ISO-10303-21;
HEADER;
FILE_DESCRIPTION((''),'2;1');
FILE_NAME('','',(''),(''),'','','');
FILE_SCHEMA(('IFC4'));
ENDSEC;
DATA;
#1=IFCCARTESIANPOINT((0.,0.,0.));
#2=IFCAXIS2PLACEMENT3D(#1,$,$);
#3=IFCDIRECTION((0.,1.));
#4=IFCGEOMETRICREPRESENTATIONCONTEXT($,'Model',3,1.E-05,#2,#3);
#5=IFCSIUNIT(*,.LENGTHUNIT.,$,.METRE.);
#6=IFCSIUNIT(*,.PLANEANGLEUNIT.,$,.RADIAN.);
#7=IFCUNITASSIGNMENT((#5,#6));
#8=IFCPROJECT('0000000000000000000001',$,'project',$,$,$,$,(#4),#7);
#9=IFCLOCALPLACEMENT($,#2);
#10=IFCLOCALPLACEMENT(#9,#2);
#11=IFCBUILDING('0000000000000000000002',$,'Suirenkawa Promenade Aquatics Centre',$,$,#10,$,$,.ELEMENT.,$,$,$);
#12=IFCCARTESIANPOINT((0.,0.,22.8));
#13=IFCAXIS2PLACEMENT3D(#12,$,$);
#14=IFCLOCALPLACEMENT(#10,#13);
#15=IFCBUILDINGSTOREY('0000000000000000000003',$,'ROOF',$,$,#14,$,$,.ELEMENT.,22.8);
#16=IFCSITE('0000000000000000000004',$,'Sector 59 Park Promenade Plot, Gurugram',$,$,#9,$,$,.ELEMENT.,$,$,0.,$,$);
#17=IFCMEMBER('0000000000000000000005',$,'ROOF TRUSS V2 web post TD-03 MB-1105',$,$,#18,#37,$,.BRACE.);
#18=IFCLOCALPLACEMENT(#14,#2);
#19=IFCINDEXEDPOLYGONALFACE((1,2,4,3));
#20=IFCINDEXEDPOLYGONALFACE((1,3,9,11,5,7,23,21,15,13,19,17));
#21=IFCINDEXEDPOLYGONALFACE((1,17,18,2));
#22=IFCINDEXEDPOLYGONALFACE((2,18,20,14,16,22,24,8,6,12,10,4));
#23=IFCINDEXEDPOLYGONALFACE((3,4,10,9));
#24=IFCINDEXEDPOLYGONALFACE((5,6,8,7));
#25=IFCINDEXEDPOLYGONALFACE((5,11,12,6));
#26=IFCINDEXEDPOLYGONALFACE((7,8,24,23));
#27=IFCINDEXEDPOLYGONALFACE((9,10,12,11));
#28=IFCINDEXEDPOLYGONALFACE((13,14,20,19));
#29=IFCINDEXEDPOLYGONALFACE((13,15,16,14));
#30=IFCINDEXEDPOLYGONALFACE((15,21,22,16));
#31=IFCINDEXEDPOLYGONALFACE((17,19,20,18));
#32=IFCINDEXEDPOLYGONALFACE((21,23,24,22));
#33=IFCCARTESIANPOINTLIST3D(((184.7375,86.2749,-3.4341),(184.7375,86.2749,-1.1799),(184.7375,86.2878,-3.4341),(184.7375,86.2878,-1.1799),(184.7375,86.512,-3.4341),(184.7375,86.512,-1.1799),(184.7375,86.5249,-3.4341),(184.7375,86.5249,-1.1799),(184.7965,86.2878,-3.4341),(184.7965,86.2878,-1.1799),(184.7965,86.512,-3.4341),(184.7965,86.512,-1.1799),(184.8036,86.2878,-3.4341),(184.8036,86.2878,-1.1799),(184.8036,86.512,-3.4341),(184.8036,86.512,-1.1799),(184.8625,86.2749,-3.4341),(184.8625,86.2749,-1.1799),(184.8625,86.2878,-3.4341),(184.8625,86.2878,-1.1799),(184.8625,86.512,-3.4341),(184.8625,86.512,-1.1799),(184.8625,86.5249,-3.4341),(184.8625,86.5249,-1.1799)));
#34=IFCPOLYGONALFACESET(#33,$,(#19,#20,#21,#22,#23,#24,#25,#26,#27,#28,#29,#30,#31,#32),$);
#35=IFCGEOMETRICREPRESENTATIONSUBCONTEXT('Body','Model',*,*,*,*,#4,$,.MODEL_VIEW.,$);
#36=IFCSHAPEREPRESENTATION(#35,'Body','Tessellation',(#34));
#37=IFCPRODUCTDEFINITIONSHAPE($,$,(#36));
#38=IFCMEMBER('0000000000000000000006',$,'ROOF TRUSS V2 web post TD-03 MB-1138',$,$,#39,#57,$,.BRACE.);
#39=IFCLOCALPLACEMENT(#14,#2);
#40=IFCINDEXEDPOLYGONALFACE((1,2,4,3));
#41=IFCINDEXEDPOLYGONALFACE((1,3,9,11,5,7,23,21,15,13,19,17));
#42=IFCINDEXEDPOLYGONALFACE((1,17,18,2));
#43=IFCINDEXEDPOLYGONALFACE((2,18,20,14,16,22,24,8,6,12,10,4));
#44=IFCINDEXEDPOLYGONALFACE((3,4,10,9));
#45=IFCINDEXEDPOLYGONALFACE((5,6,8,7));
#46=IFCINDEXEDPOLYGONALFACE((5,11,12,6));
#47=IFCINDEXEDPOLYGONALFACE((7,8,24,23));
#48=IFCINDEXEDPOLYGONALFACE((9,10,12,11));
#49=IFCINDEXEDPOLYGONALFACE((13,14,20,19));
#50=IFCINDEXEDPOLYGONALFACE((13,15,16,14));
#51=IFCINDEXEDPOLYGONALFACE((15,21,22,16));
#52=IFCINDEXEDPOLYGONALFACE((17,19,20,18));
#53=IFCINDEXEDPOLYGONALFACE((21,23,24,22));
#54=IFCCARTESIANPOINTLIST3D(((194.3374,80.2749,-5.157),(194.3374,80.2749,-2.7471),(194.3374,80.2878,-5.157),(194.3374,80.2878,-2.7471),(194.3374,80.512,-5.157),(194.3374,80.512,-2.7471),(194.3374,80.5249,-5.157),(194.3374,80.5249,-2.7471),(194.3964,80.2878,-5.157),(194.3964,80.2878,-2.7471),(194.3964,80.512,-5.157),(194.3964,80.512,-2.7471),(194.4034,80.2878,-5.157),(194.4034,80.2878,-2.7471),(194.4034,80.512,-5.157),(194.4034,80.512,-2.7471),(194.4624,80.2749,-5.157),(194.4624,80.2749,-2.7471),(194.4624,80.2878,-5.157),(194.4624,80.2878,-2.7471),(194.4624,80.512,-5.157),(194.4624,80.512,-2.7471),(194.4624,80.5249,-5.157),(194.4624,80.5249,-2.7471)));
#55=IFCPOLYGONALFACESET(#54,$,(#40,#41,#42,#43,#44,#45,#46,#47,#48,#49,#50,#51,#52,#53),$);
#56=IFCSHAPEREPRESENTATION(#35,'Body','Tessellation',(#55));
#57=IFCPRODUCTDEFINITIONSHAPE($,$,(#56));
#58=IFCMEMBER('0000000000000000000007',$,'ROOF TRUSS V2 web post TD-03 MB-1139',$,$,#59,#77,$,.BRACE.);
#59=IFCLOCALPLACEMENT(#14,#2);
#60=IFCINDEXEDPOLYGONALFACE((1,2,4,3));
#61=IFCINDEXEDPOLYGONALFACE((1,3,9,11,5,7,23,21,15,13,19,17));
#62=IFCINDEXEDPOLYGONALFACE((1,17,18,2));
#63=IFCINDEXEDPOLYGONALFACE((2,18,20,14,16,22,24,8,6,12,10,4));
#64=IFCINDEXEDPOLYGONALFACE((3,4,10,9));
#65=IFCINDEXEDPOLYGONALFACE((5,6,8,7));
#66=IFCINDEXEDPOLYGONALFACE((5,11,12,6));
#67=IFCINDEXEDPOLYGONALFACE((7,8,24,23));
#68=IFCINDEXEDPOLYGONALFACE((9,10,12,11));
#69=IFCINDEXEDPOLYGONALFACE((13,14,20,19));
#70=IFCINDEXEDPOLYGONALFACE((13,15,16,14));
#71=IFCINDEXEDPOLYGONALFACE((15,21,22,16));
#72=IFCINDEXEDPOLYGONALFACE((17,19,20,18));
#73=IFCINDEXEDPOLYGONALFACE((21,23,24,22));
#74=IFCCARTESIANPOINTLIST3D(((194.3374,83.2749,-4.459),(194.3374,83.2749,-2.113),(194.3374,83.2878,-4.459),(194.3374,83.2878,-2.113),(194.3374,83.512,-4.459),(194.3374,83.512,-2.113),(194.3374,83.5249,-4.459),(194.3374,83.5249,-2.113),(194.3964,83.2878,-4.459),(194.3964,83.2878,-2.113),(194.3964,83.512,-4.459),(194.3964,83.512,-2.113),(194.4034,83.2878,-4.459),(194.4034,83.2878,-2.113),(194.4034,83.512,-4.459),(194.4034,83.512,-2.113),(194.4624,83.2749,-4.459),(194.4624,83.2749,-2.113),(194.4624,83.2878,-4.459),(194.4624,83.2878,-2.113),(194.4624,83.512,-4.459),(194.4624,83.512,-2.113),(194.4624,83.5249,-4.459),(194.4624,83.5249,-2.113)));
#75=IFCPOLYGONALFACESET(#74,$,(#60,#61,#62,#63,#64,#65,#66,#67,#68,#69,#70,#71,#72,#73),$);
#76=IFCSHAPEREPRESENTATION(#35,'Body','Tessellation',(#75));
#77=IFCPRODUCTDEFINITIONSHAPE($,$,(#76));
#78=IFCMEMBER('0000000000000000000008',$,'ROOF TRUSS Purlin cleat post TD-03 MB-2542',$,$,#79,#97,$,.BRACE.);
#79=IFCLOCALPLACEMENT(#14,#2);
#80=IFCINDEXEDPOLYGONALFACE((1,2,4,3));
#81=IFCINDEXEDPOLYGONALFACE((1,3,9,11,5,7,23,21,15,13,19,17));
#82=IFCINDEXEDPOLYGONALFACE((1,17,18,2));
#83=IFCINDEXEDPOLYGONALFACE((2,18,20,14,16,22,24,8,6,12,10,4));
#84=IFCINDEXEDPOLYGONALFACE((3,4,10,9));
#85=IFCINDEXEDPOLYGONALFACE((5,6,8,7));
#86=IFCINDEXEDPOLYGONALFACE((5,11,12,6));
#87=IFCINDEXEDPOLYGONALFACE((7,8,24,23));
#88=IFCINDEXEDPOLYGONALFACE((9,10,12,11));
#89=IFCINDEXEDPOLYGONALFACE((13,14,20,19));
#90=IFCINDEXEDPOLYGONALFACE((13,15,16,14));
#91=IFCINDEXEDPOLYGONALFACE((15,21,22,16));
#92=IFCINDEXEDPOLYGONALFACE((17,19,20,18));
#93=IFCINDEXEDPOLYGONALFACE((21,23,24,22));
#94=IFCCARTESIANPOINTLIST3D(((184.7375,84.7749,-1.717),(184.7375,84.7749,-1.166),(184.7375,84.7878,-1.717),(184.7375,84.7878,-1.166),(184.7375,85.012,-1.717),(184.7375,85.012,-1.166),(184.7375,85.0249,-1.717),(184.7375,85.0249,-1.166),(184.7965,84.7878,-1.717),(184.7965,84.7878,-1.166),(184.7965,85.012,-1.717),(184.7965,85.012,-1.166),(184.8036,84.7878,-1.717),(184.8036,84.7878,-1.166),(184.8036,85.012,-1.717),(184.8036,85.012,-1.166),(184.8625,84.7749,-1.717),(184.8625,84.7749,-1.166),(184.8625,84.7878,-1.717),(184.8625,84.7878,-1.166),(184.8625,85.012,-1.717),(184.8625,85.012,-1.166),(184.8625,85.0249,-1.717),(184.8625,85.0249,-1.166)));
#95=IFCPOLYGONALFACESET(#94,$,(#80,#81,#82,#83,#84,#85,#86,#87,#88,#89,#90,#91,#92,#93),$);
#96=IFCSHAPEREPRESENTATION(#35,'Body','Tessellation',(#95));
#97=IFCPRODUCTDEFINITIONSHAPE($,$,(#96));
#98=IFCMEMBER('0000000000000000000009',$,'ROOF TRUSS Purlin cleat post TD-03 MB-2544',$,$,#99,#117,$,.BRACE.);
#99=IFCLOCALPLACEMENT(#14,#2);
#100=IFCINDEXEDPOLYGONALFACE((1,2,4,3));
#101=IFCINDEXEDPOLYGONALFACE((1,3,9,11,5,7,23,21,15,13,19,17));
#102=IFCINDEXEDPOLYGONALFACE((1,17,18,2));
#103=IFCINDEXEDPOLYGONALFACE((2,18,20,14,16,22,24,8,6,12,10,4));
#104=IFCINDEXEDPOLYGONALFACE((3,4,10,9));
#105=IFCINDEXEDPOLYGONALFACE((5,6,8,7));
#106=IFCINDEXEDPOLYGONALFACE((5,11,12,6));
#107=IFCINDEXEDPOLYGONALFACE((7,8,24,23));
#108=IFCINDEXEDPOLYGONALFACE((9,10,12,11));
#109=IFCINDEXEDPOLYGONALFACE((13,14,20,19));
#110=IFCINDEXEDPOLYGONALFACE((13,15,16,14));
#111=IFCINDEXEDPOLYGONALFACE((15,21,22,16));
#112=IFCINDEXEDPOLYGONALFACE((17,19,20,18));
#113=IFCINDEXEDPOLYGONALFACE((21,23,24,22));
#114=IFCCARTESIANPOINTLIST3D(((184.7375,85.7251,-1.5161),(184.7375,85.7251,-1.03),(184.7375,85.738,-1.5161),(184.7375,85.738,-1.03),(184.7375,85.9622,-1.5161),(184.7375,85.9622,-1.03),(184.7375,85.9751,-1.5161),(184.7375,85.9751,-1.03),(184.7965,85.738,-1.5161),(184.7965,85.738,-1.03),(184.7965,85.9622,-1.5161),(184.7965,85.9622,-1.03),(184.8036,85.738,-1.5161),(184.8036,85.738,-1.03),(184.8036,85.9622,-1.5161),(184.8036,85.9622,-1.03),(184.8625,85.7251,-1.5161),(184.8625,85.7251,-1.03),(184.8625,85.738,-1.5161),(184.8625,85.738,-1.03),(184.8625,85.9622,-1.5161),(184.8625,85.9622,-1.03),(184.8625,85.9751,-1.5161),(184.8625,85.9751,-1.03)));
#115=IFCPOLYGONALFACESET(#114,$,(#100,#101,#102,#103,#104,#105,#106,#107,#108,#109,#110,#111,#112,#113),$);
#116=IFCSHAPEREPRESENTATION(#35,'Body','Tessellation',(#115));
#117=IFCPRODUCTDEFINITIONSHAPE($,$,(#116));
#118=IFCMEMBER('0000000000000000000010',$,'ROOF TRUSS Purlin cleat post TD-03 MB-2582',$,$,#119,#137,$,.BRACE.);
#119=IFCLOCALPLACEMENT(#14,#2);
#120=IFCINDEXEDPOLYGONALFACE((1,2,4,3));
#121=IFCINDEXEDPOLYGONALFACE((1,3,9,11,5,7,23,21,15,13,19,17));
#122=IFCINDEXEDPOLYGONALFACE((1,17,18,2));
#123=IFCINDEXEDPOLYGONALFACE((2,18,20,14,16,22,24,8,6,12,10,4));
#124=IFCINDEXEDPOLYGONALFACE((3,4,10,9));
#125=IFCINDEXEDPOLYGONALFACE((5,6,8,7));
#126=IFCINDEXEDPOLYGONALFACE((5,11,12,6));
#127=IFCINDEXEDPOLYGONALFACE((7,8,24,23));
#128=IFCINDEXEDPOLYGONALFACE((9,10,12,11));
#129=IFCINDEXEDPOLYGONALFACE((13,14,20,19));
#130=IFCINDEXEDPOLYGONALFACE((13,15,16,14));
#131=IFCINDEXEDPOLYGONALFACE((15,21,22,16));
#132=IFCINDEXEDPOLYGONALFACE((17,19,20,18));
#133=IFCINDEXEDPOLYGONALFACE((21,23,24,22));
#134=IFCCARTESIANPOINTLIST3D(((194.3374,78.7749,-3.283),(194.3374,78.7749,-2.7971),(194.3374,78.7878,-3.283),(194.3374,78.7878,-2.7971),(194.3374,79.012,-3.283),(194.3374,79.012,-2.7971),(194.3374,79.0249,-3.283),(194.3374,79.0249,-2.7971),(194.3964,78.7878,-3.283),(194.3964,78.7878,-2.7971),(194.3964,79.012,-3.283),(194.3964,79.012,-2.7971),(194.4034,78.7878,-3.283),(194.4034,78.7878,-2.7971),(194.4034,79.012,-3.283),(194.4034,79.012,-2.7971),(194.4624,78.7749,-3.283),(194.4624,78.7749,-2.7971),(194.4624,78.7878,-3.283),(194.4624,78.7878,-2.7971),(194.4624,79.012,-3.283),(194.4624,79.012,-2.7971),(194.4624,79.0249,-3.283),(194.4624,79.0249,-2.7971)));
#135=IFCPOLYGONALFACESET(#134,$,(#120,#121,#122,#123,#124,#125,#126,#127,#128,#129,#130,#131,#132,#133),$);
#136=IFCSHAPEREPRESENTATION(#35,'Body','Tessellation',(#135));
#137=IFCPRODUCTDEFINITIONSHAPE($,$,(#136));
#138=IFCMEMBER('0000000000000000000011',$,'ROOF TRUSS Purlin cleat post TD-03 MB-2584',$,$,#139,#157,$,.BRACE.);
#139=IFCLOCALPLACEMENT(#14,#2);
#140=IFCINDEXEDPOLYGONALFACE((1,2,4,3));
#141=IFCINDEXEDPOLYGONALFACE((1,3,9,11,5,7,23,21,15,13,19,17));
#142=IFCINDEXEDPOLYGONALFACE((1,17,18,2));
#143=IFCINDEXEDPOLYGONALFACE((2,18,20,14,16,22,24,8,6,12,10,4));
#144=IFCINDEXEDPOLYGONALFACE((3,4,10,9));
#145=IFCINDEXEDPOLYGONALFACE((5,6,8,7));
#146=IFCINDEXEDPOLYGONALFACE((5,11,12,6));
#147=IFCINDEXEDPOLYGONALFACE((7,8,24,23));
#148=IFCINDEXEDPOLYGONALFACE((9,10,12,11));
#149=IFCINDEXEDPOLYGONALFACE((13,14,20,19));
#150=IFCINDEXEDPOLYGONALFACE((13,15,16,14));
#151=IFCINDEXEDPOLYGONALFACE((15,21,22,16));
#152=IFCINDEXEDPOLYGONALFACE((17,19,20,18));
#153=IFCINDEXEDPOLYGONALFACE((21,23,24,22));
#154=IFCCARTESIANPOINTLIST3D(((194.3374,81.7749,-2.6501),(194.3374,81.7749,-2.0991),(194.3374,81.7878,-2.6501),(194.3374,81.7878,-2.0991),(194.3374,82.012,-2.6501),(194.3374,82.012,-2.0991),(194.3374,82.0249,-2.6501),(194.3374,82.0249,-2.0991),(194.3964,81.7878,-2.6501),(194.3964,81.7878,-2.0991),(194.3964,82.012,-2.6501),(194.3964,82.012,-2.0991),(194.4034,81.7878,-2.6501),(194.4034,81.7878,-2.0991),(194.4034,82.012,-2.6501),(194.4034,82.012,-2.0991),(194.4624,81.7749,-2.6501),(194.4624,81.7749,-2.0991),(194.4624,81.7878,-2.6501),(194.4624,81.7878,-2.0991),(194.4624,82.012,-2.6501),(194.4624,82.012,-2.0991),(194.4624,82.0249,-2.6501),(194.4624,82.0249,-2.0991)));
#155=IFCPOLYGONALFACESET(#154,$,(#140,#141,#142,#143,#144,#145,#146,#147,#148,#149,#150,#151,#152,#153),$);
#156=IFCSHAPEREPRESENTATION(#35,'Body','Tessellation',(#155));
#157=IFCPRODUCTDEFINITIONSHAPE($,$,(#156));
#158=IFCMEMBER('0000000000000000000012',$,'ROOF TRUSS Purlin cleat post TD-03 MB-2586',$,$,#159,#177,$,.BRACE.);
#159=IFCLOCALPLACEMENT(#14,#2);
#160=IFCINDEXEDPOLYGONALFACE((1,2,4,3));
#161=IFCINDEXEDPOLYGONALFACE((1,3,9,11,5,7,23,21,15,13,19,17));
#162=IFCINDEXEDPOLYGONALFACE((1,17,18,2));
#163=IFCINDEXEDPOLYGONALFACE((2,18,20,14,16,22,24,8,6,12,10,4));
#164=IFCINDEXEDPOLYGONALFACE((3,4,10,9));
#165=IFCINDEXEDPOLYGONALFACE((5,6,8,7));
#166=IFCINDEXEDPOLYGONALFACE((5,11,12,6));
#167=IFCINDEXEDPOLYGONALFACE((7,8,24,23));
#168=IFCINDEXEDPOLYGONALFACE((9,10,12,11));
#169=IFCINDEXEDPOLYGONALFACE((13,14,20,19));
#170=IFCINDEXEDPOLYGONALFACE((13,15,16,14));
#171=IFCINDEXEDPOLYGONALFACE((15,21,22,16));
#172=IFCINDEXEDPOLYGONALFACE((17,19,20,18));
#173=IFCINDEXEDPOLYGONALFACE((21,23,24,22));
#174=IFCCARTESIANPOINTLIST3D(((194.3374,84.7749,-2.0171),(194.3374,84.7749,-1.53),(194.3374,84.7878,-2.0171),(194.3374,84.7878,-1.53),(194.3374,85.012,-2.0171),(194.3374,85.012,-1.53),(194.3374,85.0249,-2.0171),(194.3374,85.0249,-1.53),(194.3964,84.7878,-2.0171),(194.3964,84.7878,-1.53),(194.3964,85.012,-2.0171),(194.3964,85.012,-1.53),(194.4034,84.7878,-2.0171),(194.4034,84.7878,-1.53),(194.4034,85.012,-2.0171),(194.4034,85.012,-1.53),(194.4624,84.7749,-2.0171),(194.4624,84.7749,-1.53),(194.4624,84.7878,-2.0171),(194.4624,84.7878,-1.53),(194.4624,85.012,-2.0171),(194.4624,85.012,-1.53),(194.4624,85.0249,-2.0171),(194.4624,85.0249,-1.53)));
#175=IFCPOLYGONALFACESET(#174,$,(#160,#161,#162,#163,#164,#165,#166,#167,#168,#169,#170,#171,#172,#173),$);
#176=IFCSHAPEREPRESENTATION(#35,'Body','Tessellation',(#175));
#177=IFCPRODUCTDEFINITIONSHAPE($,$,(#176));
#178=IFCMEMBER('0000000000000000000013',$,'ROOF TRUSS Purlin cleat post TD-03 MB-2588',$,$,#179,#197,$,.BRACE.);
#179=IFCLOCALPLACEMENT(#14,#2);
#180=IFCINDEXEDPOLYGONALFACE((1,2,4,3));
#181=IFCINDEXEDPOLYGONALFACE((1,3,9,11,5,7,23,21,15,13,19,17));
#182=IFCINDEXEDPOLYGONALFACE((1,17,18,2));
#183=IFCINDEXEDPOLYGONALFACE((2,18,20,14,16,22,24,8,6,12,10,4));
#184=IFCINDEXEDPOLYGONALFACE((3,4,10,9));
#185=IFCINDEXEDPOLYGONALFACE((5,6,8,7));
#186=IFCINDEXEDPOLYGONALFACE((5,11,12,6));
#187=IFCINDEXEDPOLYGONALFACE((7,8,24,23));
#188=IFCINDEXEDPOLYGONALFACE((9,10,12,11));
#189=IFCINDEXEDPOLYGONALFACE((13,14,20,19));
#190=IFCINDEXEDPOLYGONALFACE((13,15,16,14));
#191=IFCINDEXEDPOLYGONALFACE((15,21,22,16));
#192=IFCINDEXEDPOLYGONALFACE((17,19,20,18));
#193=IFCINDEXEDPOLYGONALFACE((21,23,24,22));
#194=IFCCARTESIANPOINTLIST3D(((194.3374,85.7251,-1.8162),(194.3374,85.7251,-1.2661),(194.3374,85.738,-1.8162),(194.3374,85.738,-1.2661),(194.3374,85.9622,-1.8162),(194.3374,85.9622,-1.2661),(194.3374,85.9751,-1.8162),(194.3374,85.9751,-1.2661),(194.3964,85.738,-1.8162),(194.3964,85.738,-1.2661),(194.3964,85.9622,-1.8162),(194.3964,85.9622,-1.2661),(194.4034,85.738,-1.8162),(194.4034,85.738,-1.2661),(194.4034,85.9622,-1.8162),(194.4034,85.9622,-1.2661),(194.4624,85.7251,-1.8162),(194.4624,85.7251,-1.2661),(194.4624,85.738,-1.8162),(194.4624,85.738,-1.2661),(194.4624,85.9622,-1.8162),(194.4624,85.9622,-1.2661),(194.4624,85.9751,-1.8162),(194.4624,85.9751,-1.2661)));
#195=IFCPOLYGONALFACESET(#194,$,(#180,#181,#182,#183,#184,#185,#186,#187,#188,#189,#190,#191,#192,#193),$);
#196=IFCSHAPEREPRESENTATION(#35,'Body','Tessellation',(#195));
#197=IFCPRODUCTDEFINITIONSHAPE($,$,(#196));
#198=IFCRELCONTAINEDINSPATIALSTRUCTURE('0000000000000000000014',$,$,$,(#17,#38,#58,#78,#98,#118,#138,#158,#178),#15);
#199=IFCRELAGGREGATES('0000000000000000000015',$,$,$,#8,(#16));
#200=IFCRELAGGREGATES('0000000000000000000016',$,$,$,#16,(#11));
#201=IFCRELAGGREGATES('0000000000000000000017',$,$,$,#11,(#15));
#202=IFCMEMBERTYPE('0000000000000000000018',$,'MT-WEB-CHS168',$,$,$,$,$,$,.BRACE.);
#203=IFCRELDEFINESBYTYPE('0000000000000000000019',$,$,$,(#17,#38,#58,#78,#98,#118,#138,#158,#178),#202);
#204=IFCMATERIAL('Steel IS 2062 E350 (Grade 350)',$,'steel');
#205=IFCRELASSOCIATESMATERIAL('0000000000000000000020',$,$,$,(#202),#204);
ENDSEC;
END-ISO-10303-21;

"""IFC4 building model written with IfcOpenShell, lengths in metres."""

from ifc_helpers import new_model, si_unit, direction, frame, origin, origin_2d, place, context, subcontext, project, spatial, i_section, extrude, material, material_profile, profile_set, type_object, element, save


model = new_model("IFC4")

# Units and contexts
model_context = context("Model", 3, precision=1e-05, world=origin(), true_north=direction((0.0, 1.0)))
body_context = subcontext(model_context, "Body", "Model", "MODEL_VIEW")
ifc_project = project(units=[si_unit("LENGTHUNIT", "METRE"), si_unit("PLANEANGLEUNIT", "RADIAN")], contexts=[model_context])

# Site, building, storey
site_placement = place(None, origin())
site = spatial("IfcSite", under=ifc_project, at=site_placement, Name="Sector 59 Park Promenade Plot, Gurugram", CompositionType="ELEMENT", RefElevation=0.0)
building_placement = place(site_placement, origin())
building = spatial("IfcBuilding", under=site, at=building_placement, Name="Suirenkawa Promenade Aquatics Centre", CompositionType="ELEMENT")
storey_placement = place(building_placement, frame((0.0, 0.0, 22.8)))
storey = spatial("IfcBuildingStorey", under=building, at=storey_placement, Name="ROOF", CompositionType="ELEMENT", Elevation=22.8)

# Shared definitions
ifc_material = material(Name="Steel IS 2062 E350 (Grade 350)", Category="steel")

# Members
ifc_material_profile_1 = material_profile(ifc_material, i_section(OverallWidth=0.125, OverallDepth=0.25, WebThickness=0.0071, FlangeThickness=0.0129, at=origin_2d()), Name="ISMB 250", Category="steel")
ifc_profile_set_1 = profile_set([ifc_material_profile_1], Name="Steel IS 2062 E350 (Grade 350)")
member_type_1 = type_object("IfcMemberType", Name="MT-WEB-CHS168", PredefinedType="BRACE", material=ifc_profile_set_1)
member_1_placement = place(storey_placement, frame((184.8, 86.3999, -3.4341), z_axis=(0.0, 0.0, 1.0), x_axis=(1.0, 0.0, 0.0)))
element("IfcMember", 1, at=member_1_placement, inside=storey, type_object=member_type_1, Name="ROOF TRUSS V2 web post TD-03 MB-1105", PredefinedType="BRACE", context=body_context, shape_type="SweptSolid", body=[
    extrude(i_section(OverallWidth=0.125, OverallDepth=0.25, WebThickness=0.0071, FlangeThickness=0.0129, at=origin_2d()), origin(), (0.0, 0.0, 1.0), 2.2542),
])
member_2_placement = place(storey_placement, frame((194.3999, 80.3999, -5.157), z_axis=(0.0, 0.0, 1.0), x_axis=(1.0, 0.0, 0.0)))
element("IfcMember", 2, at=member_2_placement, inside=storey, type_object=member_type_1, Name="ROOF TRUSS V2 web post TD-03 MB-1138", PredefinedType="BRACE", context=body_context, shape_type="SweptSolid", body=[
    extrude(i_section(OverallWidth=0.125, OverallDepth=0.25, WebThickness=0.0071, FlangeThickness=0.0129, at=origin_2d()), origin(), (0.0, 0.0, 1.0), 2.4099),
])
member_3_placement = place(storey_placement, frame((194.3999, 83.3999, -4.459), z_axis=(0.0, 0.0, 1.0), x_axis=(1.0, 0.0, 0.0)))
element("IfcMember", 3, at=member_3_placement, inside=storey, type_object=member_type_1, Name="ROOF TRUSS V2 web post TD-03 MB-1139", PredefinedType="BRACE", context=body_context, shape_type="SweptSolid", body=[
    extrude(i_section(OverallWidth=0.125, OverallDepth=0.25, WebThickness=0.0071, FlangeThickness=0.0129, at=origin_2d()), origin(), (0.0, 0.0, 1.0), 2.3459),
])
member_4_placement = place(storey_placement, frame((184.8, 84.8999, -1.717), z_axis=(0.0, 0.0, 1.0), x_axis=(1.0, 0.0, 0.0)))
element("IfcMember", 4, at=member_4_placement, inside=storey, type_object=member_type_1, Name="ROOF TRUSS Purlin cleat post TD-03 MB-2542", PredefinedType="BRACE", context=body_context, shape_type="SweptSolid", body=[
    extrude(i_section(OverallWidth=0.125, OverallDepth=0.25, WebThickness=0.0071, FlangeThickness=0.0129, at=origin_2d()), origin(), (0.0, 0.0, 1.0), 0.551),
])
member_5_placement = place(storey_placement, frame((184.8, 85.8501, -1.5161), z_axis=(0.0, 0.0, 1.0), x_axis=(1.0, 0.0, 0.0)))
element("IfcMember", 5, at=member_5_placement, inside=storey, type_object=member_type_1, Name="ROOF TRUSS Purlin cleat post TD-03 MB-2544", PredefinedType="BRACE", context=body_context, shape_type="SweptSolid", body=[
    extrude(i_section(OverallWidth=0.125, OverallDepth=0.25, WebThickness=0.0071, FlangeThickness=0.0129, at=origin_2d()), origin(), (0.0, 0.0, 1.0), 0.4861),
])
member_6_placement = place(storey_placement, frame((194.3999, 78.8999, -3.283), z_axis=(0.0, 0.0, 1.0), x_axis=(1.0, 0.0, 0.0)))
element("IfcMember", 6, at=member_6_placement, inside=storey, type_object=member_type_1, Name="ROOF TRUSS Purlin cleat post TD-03 MB-2582", PredefinedType="BRACE", context=body_context, shape_type="SweptSolid", body=[
    extrude(i_section(OverallWidth=0.125, OverallDepth=0.25, WebThickness=0.0071, FlangeThickness=0.0129, at=origin_2d()), origin(), (0.0, 0.0, 1.0), 0.4858),
])
member_7_placement = place(storey_placement, frame((194.3999, 81.8999, -2.6501), z_axis=(0.0, 0.0, 1.0), x_axis=(1.0, 0.0, 0.0)))
element("IfcMember", 7, at=member_7_placement, inside=storey, type_object=member_type_1, Name="ROOF TRUSS Purlin cleat post TD-03 MB-2584", PredefinedType="BRACE", context=body_context, shape_type="SweptSolid", body=[
    extrude(i_section(OverallWidth=0.125, OverallDepth=0.25, WebThickness=0.0071, FlangeThickness=0.0129, at=origin_2d()), origin(), (0.0, 0.0, 1.0), 0.551),
])
member_8_placement = place(storey_placement, frame((194.3999, 84.8999, -2.0171), z_axis=(0.0, 0.0, 1.0), x_axis=(1.0, 0.0, 0.0)))
element("IfcMember", 8, at=member_8_placement, inside=storey, type_object=member_type_1, Name="ROOF TRUSS Purlin cleat post TD-03 MB-2586", PredefinedType="BRACE", context=body_context, shape_type="SweptSolid", body=[
    extrude(i_section(OverallWidth=0.125, OverallDepth=0.25, WebThickness=0.0071, FlangeThickness=0.0129, at=origin_2d()), origin(), (0.0, 0.0, 1.0), 0.4871),
])
member_9_placement = place(storey_placement, frame((194.3999, 85.8501, -1.8162), z_axis=(0.0, 0.0, 1.0), x_axis=(1.0, 0.0, 0.0)))
element("IfcMember", 9, at=member_9_placement, inside=storey, type_object=member_type_1, Name="ROOF TRUSS Purlin cleat post TD-03 MB-2588", PredefinedType="BRACE", context=body_context, shape_type="SweptSolid", body=[
    extrude(i_section(OverallWidth=0.125, OverallDepth=0.25, WebThickness=0.0071, FlangeThickness=0.0129, at=origin_2d()), origin(), (0.0, 0.0, 1.0), 0.55),
])

save(model, "model.ifc")
